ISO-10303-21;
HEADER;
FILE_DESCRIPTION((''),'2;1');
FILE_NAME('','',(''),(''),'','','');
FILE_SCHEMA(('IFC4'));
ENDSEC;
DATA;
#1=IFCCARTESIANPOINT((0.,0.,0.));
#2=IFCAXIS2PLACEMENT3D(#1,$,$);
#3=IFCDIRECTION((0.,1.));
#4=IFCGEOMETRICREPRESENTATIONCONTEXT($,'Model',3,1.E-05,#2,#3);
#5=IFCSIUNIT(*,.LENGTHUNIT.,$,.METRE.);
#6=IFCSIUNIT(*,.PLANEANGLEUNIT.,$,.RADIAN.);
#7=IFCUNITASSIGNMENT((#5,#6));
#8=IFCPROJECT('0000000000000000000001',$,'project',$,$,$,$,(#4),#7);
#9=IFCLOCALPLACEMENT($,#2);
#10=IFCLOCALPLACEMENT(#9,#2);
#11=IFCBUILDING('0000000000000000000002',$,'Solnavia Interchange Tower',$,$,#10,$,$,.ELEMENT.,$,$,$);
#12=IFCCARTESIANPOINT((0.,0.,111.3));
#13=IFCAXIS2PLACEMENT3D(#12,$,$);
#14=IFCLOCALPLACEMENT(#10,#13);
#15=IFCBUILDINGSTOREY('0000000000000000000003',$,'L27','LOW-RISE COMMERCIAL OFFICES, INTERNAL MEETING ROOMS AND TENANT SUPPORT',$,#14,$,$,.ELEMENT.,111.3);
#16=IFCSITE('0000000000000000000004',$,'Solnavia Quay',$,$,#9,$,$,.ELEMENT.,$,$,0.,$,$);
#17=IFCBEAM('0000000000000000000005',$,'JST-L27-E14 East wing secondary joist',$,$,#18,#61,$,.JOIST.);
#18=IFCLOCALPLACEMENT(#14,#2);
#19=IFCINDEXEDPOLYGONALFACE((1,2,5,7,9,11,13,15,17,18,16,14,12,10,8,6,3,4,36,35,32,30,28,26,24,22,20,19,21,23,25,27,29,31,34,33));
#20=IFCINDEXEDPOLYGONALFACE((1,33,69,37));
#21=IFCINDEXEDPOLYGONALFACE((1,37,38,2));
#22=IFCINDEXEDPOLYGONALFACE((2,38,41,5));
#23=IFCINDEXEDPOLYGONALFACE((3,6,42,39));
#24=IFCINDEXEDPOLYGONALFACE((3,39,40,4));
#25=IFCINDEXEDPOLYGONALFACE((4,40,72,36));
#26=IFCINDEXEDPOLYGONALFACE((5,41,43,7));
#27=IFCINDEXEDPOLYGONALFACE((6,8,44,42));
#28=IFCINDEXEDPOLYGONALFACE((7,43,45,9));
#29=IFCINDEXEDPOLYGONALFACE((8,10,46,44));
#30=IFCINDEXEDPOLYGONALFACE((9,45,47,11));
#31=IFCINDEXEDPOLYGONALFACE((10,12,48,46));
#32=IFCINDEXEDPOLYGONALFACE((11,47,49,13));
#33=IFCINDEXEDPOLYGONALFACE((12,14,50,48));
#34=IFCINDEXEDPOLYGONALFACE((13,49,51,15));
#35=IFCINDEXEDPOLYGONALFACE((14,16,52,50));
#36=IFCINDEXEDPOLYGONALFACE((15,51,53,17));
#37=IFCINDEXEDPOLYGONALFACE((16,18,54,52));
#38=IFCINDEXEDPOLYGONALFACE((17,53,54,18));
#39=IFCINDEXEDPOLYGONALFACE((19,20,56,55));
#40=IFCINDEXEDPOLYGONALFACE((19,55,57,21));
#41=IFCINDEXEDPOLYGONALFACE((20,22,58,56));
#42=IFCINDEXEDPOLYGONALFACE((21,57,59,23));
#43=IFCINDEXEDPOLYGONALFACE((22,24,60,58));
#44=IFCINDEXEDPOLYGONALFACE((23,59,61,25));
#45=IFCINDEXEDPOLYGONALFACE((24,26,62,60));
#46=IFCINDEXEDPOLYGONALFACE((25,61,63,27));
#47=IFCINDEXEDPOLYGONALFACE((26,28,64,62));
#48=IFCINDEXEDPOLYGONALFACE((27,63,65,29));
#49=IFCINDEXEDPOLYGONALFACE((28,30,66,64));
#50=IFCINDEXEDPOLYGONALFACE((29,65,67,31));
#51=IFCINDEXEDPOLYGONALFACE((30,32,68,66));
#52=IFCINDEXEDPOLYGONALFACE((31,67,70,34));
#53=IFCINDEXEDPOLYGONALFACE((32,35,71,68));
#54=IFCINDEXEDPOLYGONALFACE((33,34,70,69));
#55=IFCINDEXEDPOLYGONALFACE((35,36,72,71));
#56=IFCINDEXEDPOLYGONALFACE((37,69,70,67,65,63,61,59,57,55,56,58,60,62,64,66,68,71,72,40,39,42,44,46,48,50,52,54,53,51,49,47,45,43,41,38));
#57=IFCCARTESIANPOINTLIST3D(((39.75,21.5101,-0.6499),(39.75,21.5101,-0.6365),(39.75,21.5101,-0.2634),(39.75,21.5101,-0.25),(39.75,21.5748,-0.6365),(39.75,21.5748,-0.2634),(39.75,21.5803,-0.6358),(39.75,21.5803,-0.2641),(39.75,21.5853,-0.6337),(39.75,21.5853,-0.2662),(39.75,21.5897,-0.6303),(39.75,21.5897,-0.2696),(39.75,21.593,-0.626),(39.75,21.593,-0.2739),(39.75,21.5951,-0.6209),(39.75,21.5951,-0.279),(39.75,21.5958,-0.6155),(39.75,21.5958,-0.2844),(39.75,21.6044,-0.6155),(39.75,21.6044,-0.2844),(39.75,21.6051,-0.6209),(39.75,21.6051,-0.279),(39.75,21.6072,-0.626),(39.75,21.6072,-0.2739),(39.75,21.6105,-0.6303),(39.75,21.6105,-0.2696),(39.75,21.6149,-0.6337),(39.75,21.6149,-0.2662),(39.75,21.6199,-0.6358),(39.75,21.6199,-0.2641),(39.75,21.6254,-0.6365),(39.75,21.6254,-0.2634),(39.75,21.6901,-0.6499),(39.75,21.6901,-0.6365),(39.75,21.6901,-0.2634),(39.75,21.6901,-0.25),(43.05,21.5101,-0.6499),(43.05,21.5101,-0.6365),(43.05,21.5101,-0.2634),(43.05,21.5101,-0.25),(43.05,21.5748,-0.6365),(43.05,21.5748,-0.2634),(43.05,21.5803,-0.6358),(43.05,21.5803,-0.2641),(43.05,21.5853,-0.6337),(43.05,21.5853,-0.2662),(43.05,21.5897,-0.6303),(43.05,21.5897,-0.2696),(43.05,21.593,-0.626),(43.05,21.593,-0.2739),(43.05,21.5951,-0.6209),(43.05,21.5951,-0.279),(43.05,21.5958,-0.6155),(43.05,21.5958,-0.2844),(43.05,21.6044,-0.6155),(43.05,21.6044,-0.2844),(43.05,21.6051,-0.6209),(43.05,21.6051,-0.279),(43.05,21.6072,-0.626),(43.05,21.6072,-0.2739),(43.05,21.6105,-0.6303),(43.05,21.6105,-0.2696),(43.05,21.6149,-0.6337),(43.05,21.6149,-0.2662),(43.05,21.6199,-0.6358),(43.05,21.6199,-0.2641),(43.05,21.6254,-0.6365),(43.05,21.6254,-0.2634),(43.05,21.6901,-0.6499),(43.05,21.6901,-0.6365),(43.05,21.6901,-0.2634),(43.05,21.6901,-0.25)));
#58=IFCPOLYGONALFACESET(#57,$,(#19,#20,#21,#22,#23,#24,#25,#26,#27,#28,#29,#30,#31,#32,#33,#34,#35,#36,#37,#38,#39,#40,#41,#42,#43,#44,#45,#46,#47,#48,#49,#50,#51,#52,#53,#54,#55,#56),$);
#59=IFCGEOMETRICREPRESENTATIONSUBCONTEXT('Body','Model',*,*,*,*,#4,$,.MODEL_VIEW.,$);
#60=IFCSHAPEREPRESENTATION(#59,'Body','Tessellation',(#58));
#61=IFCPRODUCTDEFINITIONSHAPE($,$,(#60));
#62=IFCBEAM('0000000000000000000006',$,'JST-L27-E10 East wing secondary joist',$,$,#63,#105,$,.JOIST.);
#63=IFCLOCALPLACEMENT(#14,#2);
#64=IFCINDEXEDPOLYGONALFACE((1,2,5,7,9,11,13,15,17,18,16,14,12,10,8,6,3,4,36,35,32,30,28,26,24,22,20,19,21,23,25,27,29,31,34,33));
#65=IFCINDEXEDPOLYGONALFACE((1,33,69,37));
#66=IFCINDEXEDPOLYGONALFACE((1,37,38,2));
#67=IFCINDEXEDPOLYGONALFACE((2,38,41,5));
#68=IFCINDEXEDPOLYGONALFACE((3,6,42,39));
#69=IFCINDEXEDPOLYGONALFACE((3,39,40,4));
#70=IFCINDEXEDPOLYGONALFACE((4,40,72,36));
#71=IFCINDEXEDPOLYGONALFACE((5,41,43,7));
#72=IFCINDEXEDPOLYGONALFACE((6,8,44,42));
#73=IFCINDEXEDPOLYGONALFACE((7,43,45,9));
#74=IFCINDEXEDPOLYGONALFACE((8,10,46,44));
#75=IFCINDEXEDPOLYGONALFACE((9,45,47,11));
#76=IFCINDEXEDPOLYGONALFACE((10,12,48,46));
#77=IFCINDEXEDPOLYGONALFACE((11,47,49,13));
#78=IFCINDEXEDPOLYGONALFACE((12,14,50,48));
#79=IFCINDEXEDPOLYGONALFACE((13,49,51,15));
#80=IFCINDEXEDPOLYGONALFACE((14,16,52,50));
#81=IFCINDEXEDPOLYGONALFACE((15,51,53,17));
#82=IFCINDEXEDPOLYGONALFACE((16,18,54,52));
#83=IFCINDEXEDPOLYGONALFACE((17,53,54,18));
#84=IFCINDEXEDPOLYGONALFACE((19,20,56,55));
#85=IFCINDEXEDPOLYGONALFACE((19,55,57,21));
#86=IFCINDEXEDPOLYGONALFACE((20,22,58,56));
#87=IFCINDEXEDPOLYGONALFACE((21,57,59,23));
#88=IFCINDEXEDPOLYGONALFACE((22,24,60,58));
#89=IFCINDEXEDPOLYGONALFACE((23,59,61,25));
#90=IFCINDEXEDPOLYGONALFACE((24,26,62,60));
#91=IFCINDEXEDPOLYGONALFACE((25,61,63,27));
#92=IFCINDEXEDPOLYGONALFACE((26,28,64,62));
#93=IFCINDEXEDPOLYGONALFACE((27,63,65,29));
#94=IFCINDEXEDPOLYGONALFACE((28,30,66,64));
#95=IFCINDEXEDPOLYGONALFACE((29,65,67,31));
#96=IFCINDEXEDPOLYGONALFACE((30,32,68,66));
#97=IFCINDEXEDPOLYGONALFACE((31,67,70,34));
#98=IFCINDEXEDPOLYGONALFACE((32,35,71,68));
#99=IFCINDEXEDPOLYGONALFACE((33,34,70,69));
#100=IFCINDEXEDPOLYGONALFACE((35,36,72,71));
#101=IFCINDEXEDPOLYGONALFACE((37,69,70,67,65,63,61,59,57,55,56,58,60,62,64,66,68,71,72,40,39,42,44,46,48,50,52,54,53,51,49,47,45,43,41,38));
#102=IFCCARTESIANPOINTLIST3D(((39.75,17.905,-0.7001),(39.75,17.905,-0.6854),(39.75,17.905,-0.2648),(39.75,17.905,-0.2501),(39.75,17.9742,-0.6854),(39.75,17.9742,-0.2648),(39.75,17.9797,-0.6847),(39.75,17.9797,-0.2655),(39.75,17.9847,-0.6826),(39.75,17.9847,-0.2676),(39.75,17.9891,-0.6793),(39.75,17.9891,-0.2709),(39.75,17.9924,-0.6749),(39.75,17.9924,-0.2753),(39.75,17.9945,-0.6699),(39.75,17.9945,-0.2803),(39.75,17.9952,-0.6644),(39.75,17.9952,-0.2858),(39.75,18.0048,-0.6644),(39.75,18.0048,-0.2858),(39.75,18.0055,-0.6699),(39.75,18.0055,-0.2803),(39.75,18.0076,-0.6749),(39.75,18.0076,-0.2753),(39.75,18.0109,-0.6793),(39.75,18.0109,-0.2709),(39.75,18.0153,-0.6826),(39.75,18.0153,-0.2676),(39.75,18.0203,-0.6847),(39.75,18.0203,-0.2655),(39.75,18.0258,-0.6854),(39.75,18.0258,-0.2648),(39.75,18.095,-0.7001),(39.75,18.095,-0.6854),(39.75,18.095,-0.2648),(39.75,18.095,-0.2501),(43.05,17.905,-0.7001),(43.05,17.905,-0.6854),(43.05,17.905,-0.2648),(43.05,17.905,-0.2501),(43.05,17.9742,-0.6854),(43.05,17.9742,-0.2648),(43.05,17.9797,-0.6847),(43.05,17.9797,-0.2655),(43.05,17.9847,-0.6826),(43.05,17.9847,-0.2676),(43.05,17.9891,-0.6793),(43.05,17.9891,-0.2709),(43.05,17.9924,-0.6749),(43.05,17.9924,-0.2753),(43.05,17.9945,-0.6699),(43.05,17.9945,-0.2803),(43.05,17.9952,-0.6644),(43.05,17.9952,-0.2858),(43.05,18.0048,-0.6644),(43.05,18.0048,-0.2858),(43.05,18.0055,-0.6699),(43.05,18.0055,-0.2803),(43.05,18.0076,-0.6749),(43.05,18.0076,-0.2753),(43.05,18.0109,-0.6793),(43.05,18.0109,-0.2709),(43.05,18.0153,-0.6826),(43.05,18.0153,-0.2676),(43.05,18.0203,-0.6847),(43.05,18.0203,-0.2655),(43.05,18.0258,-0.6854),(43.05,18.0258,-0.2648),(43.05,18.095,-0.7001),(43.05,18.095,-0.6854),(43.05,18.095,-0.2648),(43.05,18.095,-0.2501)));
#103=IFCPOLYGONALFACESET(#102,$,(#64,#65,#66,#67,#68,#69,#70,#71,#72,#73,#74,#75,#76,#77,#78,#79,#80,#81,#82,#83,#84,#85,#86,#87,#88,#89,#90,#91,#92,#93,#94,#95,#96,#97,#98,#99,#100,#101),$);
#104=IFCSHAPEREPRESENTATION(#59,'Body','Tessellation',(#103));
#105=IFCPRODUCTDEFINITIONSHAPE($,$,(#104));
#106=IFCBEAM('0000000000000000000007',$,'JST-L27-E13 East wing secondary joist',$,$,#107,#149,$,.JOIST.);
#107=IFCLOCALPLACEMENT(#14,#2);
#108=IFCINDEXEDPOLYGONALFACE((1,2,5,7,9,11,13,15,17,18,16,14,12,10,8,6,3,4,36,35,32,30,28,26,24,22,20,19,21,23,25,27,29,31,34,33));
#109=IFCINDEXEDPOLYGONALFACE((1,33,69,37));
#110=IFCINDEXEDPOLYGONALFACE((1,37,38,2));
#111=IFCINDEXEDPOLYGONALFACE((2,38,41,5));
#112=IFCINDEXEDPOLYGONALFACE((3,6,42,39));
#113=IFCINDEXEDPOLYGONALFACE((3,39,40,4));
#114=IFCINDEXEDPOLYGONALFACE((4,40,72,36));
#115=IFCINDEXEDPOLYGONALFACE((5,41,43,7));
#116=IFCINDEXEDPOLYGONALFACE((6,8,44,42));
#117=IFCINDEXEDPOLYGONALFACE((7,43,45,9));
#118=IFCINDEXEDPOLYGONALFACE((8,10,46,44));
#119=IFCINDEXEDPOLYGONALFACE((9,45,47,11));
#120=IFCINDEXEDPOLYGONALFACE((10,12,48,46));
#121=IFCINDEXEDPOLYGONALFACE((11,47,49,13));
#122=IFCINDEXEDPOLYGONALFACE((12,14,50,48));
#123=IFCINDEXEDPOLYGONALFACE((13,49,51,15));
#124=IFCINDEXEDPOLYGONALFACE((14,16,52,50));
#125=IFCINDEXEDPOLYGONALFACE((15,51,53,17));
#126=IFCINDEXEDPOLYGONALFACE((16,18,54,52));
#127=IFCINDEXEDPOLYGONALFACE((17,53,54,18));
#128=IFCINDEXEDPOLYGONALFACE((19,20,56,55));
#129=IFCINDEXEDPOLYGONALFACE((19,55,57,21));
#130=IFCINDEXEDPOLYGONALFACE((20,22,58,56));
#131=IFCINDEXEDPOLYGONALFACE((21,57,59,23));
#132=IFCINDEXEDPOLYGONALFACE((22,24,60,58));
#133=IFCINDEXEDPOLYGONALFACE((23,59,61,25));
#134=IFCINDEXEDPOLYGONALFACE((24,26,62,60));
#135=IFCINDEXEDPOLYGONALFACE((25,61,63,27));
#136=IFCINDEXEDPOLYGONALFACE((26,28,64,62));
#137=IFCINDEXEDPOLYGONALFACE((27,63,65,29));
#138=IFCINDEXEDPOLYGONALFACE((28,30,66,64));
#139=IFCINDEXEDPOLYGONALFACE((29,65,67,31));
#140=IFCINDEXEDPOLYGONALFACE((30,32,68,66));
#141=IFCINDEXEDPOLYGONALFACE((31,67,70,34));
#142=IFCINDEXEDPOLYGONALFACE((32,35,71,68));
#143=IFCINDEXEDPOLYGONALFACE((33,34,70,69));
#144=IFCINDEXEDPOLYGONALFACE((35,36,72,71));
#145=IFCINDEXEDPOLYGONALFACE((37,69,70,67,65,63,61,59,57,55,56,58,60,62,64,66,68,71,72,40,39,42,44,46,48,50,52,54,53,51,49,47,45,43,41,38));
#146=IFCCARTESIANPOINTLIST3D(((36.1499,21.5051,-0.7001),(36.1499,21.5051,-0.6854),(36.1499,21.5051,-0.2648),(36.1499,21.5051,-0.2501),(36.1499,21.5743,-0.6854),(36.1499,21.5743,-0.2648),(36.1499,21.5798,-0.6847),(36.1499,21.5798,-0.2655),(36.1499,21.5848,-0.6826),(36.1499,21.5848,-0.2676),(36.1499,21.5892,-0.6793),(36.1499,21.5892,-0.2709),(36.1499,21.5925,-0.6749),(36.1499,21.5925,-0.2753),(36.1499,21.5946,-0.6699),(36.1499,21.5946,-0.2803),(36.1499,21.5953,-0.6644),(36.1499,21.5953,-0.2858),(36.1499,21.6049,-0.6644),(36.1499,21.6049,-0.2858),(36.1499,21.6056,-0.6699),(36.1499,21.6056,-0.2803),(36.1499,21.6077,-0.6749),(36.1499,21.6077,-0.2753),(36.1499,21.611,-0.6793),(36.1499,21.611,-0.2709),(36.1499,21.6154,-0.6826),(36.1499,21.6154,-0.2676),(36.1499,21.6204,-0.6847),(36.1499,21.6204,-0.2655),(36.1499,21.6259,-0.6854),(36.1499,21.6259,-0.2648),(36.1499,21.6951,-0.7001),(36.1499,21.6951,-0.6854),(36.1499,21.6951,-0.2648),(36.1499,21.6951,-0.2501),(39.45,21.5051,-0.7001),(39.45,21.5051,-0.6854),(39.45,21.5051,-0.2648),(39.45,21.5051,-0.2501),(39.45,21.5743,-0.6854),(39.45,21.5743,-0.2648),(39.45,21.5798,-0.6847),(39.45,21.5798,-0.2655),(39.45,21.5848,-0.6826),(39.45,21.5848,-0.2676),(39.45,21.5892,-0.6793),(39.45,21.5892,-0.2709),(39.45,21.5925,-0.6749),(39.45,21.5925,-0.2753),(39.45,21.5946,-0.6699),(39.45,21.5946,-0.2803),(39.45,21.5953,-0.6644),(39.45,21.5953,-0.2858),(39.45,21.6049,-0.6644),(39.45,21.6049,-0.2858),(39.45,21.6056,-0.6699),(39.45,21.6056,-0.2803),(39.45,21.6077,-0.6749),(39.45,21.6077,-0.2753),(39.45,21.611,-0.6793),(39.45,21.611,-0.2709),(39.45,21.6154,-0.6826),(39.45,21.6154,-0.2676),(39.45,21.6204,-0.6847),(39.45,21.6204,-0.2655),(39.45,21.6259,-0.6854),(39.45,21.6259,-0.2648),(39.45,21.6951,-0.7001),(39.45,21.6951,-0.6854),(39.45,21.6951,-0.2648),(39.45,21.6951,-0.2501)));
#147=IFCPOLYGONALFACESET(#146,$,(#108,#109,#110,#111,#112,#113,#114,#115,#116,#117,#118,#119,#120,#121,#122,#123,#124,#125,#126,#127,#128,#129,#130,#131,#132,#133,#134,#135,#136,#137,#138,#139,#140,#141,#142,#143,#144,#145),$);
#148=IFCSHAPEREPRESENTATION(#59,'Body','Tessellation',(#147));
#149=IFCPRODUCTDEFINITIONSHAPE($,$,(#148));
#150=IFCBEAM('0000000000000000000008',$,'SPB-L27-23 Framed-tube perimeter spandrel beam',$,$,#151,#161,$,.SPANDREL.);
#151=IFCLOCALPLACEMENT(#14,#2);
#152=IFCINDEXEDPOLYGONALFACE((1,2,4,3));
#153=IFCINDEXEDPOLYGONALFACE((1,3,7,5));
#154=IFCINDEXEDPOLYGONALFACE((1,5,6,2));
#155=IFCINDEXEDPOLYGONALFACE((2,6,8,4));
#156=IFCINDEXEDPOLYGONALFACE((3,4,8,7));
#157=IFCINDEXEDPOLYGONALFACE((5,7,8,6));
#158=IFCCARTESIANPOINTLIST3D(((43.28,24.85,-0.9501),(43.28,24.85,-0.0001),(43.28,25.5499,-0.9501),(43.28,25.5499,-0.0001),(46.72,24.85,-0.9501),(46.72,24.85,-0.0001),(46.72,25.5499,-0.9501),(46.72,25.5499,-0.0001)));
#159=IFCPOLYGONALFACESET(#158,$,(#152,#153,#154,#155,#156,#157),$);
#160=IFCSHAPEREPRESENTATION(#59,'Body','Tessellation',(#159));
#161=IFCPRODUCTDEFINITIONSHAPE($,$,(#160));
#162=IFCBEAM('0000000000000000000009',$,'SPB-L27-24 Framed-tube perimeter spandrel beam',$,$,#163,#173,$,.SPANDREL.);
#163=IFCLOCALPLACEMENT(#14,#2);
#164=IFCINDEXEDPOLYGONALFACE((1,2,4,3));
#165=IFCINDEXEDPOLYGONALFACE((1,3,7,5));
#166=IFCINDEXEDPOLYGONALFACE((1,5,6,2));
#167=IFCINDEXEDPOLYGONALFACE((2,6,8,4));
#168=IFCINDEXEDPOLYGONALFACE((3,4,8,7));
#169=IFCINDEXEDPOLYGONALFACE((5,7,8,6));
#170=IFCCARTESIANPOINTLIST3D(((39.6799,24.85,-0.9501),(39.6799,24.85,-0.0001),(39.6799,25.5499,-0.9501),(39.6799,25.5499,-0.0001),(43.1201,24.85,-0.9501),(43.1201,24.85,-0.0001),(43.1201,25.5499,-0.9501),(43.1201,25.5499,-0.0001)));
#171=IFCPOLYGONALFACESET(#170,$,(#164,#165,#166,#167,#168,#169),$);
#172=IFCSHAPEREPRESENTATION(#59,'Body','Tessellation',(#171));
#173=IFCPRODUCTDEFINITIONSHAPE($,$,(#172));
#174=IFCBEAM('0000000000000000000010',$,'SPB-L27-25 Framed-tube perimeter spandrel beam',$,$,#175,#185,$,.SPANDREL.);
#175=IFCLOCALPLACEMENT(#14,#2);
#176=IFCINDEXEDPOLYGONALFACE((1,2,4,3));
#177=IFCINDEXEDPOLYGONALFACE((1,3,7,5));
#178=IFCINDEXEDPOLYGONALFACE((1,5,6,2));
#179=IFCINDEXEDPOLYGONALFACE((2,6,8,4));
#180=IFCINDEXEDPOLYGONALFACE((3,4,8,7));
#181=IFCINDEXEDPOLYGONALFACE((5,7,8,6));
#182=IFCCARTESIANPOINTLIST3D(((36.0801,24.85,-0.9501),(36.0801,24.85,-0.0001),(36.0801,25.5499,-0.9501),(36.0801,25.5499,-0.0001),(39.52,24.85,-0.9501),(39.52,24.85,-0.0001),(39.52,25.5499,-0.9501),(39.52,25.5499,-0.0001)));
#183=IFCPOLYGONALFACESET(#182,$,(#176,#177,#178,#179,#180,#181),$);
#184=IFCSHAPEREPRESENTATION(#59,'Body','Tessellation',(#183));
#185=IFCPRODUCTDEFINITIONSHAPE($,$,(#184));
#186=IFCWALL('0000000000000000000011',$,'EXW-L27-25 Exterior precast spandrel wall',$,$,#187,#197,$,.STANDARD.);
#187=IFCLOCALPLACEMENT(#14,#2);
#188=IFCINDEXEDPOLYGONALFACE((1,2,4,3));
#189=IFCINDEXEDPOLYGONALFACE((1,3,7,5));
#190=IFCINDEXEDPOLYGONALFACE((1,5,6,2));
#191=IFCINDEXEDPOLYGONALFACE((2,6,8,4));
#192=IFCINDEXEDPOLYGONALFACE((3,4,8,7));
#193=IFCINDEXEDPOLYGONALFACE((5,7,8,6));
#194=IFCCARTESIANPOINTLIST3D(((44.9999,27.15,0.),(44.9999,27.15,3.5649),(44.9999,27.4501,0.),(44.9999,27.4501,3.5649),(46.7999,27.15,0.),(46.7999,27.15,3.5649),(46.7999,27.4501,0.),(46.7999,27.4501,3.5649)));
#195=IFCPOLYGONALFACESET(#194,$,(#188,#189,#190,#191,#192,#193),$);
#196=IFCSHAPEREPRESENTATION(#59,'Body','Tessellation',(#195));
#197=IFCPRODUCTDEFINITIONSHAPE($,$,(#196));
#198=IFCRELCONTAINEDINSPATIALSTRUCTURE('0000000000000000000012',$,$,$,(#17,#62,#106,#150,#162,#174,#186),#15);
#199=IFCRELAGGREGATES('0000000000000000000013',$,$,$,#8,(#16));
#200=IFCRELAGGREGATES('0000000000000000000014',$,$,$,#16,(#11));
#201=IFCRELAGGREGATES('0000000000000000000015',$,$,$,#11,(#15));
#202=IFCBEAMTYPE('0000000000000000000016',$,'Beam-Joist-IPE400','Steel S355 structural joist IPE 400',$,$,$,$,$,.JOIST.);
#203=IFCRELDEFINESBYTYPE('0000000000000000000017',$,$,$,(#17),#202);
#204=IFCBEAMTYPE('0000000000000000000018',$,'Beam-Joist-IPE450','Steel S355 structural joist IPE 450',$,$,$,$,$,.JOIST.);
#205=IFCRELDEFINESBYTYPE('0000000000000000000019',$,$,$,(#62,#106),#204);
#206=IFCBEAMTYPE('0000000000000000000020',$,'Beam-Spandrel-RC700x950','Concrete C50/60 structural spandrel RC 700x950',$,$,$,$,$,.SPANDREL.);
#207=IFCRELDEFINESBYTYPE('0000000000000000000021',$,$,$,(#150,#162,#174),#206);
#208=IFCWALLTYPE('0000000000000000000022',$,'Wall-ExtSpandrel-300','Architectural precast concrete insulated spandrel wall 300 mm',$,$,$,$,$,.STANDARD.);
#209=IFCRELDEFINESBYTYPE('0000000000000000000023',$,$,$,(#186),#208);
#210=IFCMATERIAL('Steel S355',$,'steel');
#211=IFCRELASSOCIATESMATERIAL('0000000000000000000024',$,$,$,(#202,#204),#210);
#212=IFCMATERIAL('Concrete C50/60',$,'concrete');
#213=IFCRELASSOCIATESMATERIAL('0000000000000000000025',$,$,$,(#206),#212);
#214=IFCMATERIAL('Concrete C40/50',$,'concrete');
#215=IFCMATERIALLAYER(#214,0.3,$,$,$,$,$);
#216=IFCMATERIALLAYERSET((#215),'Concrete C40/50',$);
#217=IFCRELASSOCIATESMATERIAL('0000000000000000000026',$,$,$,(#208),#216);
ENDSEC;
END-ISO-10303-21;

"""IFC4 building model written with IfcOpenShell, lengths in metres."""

from ifc_helpers import new_model, si_unit, direction, frame, frame_2d, origin, origin_2d, place, context, subcontext, project, spatial, rectangle, i_section, extrude, material, layer, layer_set, material_profile, profile_set, type_object, element, save


model = new_model("IFC4")

# Units and contexts
model_context = context("Model", 3, precision=1e-05, world=origin(), true_north=direction((0.0, 1.0)))
body_context = subcontext(model_context, "Body", "Model", "MODEL_VIEW")
ifc_project = project(units=[si_unit("LENGTHUNIT", "METRE"), si_unit("PLANEANGLEUNIT", "RADIAN")], contexts=[model_context])

# Site, building, storey
site_placement = place(None, origin())
site = spatial("IfcSite", under=ifc_project, at=site_placement, Name="Solnavia Quay", CompositionType="ELEMENT", RefElevation=0.0)
building_placement = place(site_placement, origin())
building = spatial("IfcBuilding", under=site, at=building_placement, Name="Solnavia Interchange Tower", CompositionType="ELEMENT")
storey_placement = place(building_placement, frame((0.0, 0.0, 111.3)))
storey = spatial("IfcBuildingStorey", under=building, at=storey_placement, Name="L27", Description="LOW-RISE COMMERCIAL OFFICES, INTERNAL MEETING ROOMS AND TENANT SUPPORT", CompositionType="ELEMENT", Elevation=111.3)

# Shared definitions
ifc_material_1 = material(Name="Concrete C50/60", Category="concrete")

# Beams
ifc_material_2 = material(Name="Steel S355", Category="steel")
ifc_material_profile_1 = material_profile(ifc_material_2, i_section(OverallWidth=0.1799, OverallDepth=0.3999, WebThickness=0.0085, FlangeThickness=0.0134, FilletRadius=0.021, at=origin_2d()), Name="IPE 400")
ifc_profile_set_1 = profile_set([ifc_material_profile_1], Name="Steel S355")
beam_type_1 = type_object("IfcBeamType", Name="Beam-Joist-IPE400", Description="Steel S355 structural joist IPE 400", PredefinedType="JOIST", material=ifc_profile_set_1)
beam_1_placement = place(storey_placement, frame((39.75, 21.6001, -0.45), z_axis=(1.0, 0.0, 0.0), x_axis=(0.0, 1.0, 0.0)))
element("IfcBeam", 1, at=beam_1_placement, inside=storey, type_object=beam_type_1, Name="JST-L27-E14 East wing secondary joist", PredefinedType="JOIST", context=body_context, shape_type="SweptSolid", body=[
    extrude(i_section(OverallWidth=0.1799, OverallDepth=0.3999, WebThickness=0.0085, FlangeThickness=0.0134, FilletRadius=0.021, at=origin_2d()), origin(), (0.0, 0.0, 1.0), 3.3),
])
ifc_material_profile_2 = material_profile(ifc_material_2, i_section(OverallWidth=0.1899, OverallDepth=0.45, WebThickness=0.0095, FlangeThickness=0.0146, FilletRadius=0.021, at=origin_2d()), Name="IPE 450")
ifc_profile_set_2 = profile_set([ifc_material_profile_2], Name="Steel S355")
beam_type_2 = type_object("IfcBeamType", Name="Beam-Joist-IPE450", Description="Steel S355 structural joist IPE 450", PredefinedType="JOIST", material=ifc_profile_set_2)
for number, where, z_axis, x_axis, name in (
    (2, (39.75, 18.0, -0.4751), (1.0, 0.0, 0.0), (0.0, 1.0, 0.0), "JST-L27-E10 East wing secondary joist"),
    (3, (36.1499, 21.6001, -0.4751), (1.0, 0.0, 0.0), (0.0, 1.0, 0.0), "JST-L27-E13 East wing secondary joist"),
):
    element("IfcBeam", number, at=place(storey_placement, frame(where, z_axis=z_axis, x_axis=x_axis)), inside=storey, type_object=beam_type_2, Name=name, PredefinedType="JOIST", context=body_context, shape_type="SweptSolid", body=[
        extrude(i_section(OverallWidth=0.1899, OverallDepth=0.45, WebThickness=0.0095, FlangeThickness=0.0146, FilletRadius=0.021, at=origin_2d()), origin(), (0.0, 0.0, 1.0), 3.3),
    ])
ifc_material_profile_3 = material_profile(ifc_material_1, rectangle(XDim=0.7, YDim=0.95, at=origin_2d()), Name="RC 700x950")
ifc_profile_set_3 = profile_set([ifc_material_profile_3], Name="Concrete C50/60")
beam_type_3 = type_object("IfcBeamType", Name="Beam-Spandrel-RC700x950", Description="Concrete C50/60 structural spandrel RC 700x950", PredefinedType="SPANDREL", material=ifc_profile_set_3)
beam_2_placement = place(storey_placement, frame((46.72, 25.2, -0.4751), z_axis=(-1.0, 0.0, 0.0), x_axis=(0.0, -1.0, 0.0)))
element("IfcBeam", 4, at=beam_2_placement, inside=storey, type_object=beam_type_3, Name="SPB-L27-23 Framed-tube perimeter spandrel beam", PredefinedType="SPANDREL", context=body_context, shape_type="SweptSolid", body=[
    extrude(rectangle(XDim=0.7, YDim=0.95, at=origin_2d()), origin(), (0.0, 0.0, 1.0), 3.4399),
])
beam_3_placement = place(storey_placement, frame((43.1201, 25.2, -0.4751), z_axis=(-1.0, 0.0, 0.0), x_axis=(0.0, -1.0, 0.0)))
element("IfcBeam", 5, at=beam_3_placement, inside=storey, type_object=beam_type_3, Name="SPB-L27-24 Framed-tube perimeter spandrel beam", PredefinedType="SPANDREL", context=body_context, shape_type="SweptSolid", body=[
    extrude(rectangle(XDim=0.7, YDim=0.95, at=origin_2d()), origin(), (0.0, 0.0, 1.0), 3.4402),
])
beam_4_placement = place(storey_placement, frame((39.52, 25.2, -0.4751), z_axis=(-1.0, 0.0, 0.0), x_axis=(0.0, -1.0, 0.0)))
element("IfcBeam", 6, at=beam_4_placement, inside=storey, type_object=beam_type_3, Name="SPB-L27-25 Framed-tube perimeter spandrel beam", PredefinedType="SPANDREL", context=body_context, shape_type="SweptSolid", body=[
    extrude(rectangle(XDim=0.7, YDim=0.95, at=origin_2d()), origin(), (0.0, 0.0, 1.0), 3.4399),
])

# Wall
ifc_material_3 = material(Name="Concrete C40/50", Category="concrete")
ifc_layer_1 = layer(ifc_material_3, 0.3)
ifc_layer_set_1 = layer_set([ifc_layer_1], Name="Concrete C40/50")
wall_type_1 = type_object("IfcWallType", Name="Wall-ExtSpandrel-300", Description="Architectural precast concrete insulated spandrel wall 300 mm", PredefinedType="STANDARD", material=ifc_layer_set_1)
wall_1_placement = place(storey_placement, frame((45.0, 27.3, 0.0), z_axis=(0.0, 0.0, 1.0), x_axis=(1.0, 0.0, 0.0)))
element("IfcWall", 7, at=wall_1_placement, inside=storey, type_object=wall_type_1, Name="EXW-L27-25 Exterior precast spandrel wall", PredefinedType="STANDARD", context=body_context, shape_type="SweptSolid", body=[
    extrude(rectangle(XDim=1.8, YDim=0.3, at=frame_2d((0.8999, 0.0))), origin(), (0.0, 0.0, 1.0), 3.5649),
])

save(model, "model.ifc")
